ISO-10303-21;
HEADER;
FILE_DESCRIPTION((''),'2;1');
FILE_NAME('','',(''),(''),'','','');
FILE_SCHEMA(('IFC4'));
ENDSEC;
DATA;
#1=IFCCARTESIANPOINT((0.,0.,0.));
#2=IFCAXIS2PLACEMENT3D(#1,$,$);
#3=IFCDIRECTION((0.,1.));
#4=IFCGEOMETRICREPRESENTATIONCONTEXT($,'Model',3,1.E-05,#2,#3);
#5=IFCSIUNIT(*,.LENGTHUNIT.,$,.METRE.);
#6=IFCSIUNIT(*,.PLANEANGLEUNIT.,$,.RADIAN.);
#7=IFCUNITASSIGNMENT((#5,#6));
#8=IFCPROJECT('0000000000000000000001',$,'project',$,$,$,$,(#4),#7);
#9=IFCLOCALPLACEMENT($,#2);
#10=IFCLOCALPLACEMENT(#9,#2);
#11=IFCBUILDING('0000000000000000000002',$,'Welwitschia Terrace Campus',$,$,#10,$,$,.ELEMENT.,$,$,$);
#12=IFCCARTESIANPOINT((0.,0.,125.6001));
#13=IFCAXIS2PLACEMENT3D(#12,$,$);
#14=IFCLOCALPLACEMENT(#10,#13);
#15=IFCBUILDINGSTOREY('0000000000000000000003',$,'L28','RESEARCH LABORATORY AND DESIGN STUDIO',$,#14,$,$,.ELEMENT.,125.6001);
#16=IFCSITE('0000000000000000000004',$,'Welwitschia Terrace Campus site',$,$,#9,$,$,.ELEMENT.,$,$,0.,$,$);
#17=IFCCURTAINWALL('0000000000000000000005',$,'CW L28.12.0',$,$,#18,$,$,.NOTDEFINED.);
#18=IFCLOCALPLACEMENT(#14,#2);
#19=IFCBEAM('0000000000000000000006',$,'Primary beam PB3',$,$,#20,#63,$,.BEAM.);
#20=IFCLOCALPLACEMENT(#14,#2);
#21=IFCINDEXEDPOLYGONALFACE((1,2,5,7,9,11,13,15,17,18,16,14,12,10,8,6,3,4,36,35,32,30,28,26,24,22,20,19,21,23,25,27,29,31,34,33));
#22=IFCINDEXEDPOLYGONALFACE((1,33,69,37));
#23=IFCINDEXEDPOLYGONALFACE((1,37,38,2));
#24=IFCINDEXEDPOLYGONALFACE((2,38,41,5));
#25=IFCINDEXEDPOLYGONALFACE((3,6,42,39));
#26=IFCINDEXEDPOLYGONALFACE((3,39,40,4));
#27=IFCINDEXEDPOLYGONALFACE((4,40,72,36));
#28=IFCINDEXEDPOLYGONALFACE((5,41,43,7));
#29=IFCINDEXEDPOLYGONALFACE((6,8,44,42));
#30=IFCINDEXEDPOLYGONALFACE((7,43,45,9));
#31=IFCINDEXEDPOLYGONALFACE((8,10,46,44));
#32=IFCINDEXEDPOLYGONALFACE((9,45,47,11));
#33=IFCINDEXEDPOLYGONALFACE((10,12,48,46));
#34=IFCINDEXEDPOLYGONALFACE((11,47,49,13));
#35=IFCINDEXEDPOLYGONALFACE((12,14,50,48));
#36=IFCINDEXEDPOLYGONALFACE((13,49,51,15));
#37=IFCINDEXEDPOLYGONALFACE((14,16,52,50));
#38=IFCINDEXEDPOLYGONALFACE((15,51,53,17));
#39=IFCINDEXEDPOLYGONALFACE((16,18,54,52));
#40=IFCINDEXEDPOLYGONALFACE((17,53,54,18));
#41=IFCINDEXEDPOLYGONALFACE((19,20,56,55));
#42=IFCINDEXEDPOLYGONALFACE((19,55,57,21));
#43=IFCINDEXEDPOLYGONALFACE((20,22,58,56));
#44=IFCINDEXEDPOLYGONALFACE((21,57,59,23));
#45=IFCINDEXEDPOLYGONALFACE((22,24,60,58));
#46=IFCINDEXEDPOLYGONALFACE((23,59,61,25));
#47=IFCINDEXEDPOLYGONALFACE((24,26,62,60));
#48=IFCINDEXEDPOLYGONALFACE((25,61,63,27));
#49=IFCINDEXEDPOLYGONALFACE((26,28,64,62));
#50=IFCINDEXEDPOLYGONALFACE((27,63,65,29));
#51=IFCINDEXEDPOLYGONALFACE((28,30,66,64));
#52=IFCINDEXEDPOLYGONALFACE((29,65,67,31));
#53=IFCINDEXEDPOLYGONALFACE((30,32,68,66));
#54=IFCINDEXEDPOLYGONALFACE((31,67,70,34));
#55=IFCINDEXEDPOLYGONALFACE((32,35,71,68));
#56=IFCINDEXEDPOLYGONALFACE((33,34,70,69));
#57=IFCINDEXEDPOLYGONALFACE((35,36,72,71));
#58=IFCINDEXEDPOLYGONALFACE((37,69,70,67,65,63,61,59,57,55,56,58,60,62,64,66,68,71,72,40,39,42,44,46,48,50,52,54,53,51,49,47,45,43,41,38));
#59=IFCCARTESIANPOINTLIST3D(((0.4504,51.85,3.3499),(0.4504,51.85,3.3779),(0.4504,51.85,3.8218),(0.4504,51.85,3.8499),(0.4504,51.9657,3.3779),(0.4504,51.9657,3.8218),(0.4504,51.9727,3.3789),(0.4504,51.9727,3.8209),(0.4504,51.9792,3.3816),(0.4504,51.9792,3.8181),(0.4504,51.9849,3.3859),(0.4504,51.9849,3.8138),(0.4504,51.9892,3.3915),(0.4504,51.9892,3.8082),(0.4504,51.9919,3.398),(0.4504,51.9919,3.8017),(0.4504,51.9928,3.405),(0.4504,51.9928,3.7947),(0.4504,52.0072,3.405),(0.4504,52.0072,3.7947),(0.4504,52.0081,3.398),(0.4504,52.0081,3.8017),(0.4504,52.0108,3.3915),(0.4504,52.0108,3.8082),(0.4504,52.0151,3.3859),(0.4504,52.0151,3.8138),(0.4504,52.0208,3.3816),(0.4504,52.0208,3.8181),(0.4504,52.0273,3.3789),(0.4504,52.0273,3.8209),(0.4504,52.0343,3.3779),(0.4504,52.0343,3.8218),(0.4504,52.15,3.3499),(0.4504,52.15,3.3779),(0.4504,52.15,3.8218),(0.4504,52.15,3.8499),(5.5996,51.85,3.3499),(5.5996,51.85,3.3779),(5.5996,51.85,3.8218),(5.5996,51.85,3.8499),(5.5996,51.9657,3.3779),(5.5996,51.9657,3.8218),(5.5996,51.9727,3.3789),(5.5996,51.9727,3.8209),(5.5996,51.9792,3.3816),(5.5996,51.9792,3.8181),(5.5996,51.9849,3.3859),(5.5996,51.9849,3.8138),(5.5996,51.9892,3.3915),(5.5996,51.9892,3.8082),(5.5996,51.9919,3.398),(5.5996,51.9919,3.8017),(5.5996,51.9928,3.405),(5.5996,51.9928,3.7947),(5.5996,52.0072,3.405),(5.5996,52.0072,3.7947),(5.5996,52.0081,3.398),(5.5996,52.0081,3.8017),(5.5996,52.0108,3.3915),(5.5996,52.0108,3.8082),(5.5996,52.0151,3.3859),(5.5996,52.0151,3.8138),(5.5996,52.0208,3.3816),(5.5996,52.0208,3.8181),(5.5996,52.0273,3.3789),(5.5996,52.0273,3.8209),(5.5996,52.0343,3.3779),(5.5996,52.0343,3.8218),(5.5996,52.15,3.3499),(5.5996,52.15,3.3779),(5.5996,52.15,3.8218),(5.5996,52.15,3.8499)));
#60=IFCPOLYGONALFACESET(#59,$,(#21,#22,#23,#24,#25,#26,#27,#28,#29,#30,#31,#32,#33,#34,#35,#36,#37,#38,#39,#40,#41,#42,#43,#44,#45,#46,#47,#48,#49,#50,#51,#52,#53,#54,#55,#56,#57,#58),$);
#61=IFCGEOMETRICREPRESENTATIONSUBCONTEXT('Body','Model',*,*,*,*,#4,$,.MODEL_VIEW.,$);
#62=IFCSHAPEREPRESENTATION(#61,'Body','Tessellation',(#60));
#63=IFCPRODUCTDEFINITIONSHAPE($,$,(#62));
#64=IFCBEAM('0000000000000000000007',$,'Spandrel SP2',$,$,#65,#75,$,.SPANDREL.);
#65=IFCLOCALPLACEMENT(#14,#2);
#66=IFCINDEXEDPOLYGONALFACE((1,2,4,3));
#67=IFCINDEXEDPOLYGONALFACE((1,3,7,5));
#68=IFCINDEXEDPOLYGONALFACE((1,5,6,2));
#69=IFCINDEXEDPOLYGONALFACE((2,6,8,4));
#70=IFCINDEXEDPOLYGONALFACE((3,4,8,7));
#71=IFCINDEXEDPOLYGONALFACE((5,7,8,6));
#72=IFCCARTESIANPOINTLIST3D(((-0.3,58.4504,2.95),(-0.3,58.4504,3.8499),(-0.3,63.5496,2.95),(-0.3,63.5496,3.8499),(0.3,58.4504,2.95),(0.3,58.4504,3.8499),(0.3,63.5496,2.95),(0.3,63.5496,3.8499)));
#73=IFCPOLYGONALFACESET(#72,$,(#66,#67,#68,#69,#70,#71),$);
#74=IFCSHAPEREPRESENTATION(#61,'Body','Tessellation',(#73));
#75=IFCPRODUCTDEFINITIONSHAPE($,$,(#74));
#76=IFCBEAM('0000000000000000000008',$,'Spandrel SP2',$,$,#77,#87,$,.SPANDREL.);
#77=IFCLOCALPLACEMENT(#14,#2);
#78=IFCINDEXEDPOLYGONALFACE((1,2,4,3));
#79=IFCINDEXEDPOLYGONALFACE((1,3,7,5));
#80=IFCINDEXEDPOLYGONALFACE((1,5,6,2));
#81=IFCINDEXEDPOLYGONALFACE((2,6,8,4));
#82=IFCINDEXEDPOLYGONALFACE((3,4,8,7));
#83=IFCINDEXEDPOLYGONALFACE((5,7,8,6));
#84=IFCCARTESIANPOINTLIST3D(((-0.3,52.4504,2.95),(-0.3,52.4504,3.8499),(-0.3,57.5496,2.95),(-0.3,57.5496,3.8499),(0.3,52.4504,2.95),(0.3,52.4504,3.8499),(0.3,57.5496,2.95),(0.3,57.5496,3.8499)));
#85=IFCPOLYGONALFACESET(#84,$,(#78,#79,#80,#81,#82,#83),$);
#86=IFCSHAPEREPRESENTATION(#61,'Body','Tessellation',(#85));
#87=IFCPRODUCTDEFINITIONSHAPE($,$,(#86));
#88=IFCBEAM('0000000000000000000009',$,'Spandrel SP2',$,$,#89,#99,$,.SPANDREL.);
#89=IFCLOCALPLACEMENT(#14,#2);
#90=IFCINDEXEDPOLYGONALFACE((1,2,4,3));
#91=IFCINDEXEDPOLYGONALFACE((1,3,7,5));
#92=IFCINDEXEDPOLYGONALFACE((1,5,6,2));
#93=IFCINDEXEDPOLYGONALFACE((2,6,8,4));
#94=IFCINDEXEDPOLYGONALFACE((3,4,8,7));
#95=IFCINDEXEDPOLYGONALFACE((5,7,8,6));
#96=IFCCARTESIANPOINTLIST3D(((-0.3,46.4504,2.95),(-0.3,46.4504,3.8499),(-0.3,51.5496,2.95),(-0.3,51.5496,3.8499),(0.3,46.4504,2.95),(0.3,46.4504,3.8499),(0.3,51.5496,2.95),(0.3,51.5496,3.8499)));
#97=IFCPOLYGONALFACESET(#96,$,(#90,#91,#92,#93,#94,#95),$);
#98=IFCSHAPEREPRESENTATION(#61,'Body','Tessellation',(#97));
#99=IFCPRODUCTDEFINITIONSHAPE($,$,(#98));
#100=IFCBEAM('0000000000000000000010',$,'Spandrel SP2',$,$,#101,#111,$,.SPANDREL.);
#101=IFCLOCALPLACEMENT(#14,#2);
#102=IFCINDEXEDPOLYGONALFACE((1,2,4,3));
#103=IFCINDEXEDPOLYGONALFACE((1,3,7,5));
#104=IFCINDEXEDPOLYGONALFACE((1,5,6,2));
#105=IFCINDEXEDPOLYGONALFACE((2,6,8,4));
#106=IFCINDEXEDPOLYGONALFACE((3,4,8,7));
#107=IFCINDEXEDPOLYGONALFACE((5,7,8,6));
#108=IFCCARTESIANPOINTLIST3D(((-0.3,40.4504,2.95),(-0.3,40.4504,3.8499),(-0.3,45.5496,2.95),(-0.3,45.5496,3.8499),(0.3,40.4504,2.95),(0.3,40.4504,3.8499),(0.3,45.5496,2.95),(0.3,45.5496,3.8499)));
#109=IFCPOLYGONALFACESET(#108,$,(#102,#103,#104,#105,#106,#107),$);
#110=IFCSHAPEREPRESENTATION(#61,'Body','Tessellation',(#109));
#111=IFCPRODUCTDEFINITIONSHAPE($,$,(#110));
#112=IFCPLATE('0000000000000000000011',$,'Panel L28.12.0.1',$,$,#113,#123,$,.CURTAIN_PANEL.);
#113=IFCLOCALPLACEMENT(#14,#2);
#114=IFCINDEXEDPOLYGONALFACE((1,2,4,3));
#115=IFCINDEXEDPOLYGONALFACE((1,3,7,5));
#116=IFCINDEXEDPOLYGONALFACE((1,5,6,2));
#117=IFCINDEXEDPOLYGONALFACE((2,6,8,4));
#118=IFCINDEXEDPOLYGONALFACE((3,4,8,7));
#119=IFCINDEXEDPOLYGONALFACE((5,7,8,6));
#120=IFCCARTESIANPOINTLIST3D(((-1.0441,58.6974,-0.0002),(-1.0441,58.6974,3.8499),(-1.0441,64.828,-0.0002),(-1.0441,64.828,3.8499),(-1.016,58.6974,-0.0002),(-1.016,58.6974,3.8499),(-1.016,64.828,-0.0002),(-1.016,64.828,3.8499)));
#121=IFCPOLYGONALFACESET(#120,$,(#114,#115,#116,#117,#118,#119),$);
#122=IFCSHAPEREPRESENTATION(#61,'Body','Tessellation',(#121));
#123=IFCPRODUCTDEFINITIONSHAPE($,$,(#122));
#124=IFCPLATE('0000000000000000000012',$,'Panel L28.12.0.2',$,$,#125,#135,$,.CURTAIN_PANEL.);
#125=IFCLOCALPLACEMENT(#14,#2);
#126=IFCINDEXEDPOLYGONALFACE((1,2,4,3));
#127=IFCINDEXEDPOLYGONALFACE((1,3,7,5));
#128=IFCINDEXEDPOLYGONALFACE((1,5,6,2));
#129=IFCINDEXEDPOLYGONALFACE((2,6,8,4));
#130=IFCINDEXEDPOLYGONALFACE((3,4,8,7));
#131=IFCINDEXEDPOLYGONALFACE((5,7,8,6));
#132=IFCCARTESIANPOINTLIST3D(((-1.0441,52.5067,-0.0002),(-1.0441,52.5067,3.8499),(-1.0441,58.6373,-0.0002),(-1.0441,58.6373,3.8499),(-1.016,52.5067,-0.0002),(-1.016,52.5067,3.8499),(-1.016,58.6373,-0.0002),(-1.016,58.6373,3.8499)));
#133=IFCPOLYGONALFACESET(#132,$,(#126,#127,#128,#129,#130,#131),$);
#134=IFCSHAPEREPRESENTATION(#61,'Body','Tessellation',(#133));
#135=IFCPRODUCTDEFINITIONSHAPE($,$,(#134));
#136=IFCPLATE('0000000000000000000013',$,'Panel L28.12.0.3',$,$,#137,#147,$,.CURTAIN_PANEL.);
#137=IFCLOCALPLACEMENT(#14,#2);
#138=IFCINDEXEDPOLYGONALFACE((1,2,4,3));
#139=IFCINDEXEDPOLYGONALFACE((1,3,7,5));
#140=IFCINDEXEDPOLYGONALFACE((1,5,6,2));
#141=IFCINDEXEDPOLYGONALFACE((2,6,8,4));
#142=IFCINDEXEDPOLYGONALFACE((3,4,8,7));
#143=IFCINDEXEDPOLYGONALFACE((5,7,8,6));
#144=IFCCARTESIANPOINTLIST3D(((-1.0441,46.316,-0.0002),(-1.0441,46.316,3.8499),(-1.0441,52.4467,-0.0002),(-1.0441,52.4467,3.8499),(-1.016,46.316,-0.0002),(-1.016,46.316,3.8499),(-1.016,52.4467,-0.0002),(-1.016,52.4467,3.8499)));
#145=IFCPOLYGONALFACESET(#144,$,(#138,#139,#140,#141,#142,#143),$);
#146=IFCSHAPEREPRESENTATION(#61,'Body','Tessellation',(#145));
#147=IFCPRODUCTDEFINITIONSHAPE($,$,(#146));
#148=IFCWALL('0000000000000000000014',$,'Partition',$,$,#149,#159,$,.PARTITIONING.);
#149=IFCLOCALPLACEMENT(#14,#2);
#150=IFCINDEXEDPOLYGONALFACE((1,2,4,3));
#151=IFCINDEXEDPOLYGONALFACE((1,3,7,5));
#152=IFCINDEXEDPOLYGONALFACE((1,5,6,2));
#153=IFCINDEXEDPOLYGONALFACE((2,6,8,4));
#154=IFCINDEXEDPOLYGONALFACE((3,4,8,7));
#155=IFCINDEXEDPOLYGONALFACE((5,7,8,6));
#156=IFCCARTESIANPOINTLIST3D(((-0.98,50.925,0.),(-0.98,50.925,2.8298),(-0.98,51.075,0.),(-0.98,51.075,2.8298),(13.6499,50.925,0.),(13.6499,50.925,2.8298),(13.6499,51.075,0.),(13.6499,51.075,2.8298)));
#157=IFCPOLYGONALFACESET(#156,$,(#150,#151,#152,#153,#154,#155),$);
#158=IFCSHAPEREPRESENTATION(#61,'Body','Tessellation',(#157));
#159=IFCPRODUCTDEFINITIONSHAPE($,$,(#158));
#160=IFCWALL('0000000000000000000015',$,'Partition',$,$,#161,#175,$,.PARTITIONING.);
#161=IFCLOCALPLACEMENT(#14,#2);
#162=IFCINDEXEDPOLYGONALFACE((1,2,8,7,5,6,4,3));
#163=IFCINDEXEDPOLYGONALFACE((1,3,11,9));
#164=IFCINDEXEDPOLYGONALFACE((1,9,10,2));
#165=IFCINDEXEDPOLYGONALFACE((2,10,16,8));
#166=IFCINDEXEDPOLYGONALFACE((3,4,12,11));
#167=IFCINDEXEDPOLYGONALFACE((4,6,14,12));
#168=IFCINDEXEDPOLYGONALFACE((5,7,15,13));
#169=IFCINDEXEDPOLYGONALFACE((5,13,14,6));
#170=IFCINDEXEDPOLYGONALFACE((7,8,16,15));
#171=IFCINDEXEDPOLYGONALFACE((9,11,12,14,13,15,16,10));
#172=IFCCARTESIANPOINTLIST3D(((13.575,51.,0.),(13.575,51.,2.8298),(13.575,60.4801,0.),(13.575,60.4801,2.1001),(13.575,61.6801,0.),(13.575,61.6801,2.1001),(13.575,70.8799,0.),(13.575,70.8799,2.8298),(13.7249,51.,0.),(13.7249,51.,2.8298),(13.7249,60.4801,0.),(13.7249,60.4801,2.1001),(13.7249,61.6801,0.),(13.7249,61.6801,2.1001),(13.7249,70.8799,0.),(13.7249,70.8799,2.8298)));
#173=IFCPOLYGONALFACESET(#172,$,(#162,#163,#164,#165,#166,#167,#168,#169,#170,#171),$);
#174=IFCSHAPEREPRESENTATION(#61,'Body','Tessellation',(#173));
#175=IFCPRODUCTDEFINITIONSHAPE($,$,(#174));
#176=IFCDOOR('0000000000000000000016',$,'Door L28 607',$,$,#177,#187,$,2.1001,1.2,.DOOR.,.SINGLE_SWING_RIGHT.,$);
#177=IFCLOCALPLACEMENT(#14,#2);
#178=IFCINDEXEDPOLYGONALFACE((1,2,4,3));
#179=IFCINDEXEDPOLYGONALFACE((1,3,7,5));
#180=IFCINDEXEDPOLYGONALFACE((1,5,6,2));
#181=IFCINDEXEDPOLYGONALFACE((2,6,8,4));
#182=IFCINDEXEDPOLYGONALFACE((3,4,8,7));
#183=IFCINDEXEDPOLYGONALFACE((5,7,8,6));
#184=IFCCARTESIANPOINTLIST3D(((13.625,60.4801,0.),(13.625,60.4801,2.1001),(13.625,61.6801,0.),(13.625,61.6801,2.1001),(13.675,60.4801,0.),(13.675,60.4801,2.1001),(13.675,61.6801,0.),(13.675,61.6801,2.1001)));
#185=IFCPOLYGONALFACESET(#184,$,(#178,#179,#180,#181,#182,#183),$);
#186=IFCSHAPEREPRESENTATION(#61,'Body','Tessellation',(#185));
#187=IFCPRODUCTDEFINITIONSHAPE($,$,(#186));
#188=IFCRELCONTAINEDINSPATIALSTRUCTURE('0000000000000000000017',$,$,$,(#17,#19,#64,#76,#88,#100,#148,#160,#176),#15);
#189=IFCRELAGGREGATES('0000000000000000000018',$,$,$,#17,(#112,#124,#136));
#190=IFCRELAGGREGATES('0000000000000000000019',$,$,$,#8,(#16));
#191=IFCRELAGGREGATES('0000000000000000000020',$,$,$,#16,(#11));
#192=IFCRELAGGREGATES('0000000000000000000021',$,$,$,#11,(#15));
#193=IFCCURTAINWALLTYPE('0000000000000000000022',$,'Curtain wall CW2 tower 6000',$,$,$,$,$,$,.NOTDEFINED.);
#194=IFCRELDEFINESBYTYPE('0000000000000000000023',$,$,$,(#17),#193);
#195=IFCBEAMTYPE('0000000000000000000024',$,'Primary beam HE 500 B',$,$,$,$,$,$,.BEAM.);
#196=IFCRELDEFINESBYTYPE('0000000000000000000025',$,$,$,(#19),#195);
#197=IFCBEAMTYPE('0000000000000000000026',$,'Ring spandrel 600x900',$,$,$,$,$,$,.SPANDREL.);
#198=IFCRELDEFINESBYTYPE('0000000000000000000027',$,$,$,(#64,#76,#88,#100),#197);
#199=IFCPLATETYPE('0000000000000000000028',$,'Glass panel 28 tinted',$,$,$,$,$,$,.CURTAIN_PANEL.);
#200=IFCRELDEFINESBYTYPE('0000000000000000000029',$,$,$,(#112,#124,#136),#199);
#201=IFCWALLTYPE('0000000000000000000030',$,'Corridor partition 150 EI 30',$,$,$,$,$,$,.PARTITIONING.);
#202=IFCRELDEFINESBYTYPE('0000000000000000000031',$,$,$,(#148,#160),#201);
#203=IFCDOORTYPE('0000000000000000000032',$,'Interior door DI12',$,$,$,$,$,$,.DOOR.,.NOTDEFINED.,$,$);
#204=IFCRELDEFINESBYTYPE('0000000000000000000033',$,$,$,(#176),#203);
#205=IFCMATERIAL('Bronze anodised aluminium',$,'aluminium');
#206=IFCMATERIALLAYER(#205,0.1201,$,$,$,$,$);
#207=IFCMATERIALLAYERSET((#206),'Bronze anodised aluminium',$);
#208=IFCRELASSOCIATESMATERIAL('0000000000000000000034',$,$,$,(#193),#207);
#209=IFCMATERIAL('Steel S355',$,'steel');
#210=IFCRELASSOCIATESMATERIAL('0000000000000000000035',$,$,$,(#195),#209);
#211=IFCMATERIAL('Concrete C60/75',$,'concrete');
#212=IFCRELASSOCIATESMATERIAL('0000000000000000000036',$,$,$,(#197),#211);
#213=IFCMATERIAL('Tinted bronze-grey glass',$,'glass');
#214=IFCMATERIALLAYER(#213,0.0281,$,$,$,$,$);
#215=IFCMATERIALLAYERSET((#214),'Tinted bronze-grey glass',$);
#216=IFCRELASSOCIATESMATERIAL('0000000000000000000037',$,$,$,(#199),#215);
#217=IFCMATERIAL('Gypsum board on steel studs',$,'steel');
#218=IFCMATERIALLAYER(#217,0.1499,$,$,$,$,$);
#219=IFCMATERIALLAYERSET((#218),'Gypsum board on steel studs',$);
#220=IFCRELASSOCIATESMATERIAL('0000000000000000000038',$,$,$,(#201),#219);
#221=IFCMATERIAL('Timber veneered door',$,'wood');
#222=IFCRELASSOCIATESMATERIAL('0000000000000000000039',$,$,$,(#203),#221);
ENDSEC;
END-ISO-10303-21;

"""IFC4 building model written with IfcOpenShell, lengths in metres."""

from ifc_helpers import new_model, si_unit, direction, frame, frame_2d, origin, origin_2d, place, context, subcontext, project, spatial, rectangle, i_section, extrude, material, layer, layer_set, material_profile, profile_set, type_object, element, fill, aggregate, save


model = new_model("IFC4")

# Units and contexts
model_context = context("Model", 3, precision=1e-05, world=origin(), true_north=direction((0.0, 1.0)))
body_context = subcontext(model_context, "Body", "Model", "MODEL_VIEW")
ifc_project = project(units=[si_unit("LENGTHUNIT", "METRE"), si_unit("PLANEANGLEUNIT", "RADIAN")], contexts=[model_context])

# Site, building, storey
site_placement = place(None, origin())
site = spatial("IfcSite", under=ifc_project, at=site_placement, Name="Welwitschia Terrace Campus site", CompositionType="ELEMENT", RefElevation=0.0)
building_placement = place(site_placement, origin())
building = spatial("IfcBuilding", under=site, at=building_placement, Name="Welwitschia Terrace Campus", CompositionType="ELEMENT")
storey_placement = place(building_placement, frame((0.0, 0.0, 125.6001)))
storey = spatial("IfcBuildingStorey", under=building, at=storey_placement, Name="L28", Description="RESEARCH LABORATORY AND DESIGN STUDIO", CompositionType="ELEMENT", Elevation=125.6001)

# Curtain wall
ifc_material_1 = material(Name="Bronze anodised aluminium", Category="aluminium")
ifc_layer_1 = layer(ifc_material_1, 0.1201)
ifc_layer_set_1 = layer_set([ifc_layer_1], Name="Bronze anodised aluminium")
curtain_wall_type = type_object("IfcCurtainWallType", Name="Curtain wall CW2 tower 6000", PredefinedType="NOTDEFINED", material=ifc_layer_set_1)
curtain_wall_placement = place(storey_placement, origin())
curtain_wall = element("IfcCurtainWall", 1, at=curtain_wall_placement, inside=storey, type_object=curtain_wall_type, Name="CW L28.12.0", PredefinedType="NOTDEFINED")

# Beams
ifc_material_2 = material(Name="Steel S355", Category="steel")
ifc_material_profile_1 = material_profile(ifc_material_2, i_section(OverallWidth=0.3, OverallDepth=0.5, WebThickness=0.0144, FlangeThickness=0.0281, FilletRadius=0.0271, at=origin_2d()))
ifc_profile_set_1 = profile_set([ifc_material_profile_1], Name="Steel S355")
beam_type_1 = type_object("IfcBeamType", Name="Primary beam HE 500 B", PredefinedType="BEAM", material=ifc_profile_set_1)
beam_1_placement = place(storey_placement, frame((0.4504, 52.0, 3.5999), z_axis=(1.0, 0.0, 0.0), x_axis=(0.0, 1.0, 0.0)))
element("IfcBeam", 2, at=beam_1_placement, inside=storey, type_object=beam_type_1, Name="Primary beam PB3", PredefinedType="BEAM", context=body_context, shape_type="SweptSolid", body=[
    extrude(i_section(OverallWidth=0.3, OverallDepth=0.5, WebThickness=0.0144, FlangeThickness=0.0281, FilletRadius=0.0271, at=origin_2d()), origin(), (0.0, 0.0, 1.0), 5.1492),
])
ifc_material_3 = material(Name="Concrete C60/75", Category="concrete")
ifc_material_profile_2 = material_profile(ifc_material_3, rectangle(XDim=0.6001, YDim=0.8999, at=origin_2d()))
ifc_profile_set_2 = profile_set([ifc_material_profile_2], Name="Concrete C60/75")
beam_type_2 = type_object("IfcBeamType", Name="Ring spandrel 600x900", PredefinedType="SPANDREL", material=ifc_profile_set_2)
for number, where, z_axis, x_axis, name in (
    (3, (0.0, 63.5496, 3.3999), (0.0, -1.0, 0.0), (1.0, 0.0, 0.0), "Spandrel SP2"),
    (4, (0.0, 57.5496, 3.3999), (0.0, -1.0, 0.0), (1.0, 0.0, 0.0), "Spandrel SP2"),
    (5, (0.0, 51.5496, 3.3999), (0.0, -1.0, 0.0), (1.0, 0.0, 0.0), "Spandrel SP2"),
    (6, (0.0, 45.5496, 3.3999), (0.0, -1.0, 0.0), (1.0, 0.0, 0.0), "Spandrel SP2"),
):
    element("IfcBeam", number, at=place(storey_placement, frame(where, z_axis=z_axis, x_axis=x_axis)), inside=storey, type_object=beam_type_2, Name=name, PredefinedType="SPANDREL", context=body_context, shape_type="SweptSolid", body=[
        extrude(rectangle(XDim=0.6001, YDim=0.8999, at=origin_2d()), origin(), (0.0, 0.0, 1.0), 5.0991),
    ])

# Plates
ifc_material_4 = material(Name="Tinted bronze-grey glass", Category="glass")
ifc_layer_2 = layer(ifc_material_4, 0.0281)
ifc_layer_set_2 = layer_set([ifc_layer_2], Name="Tinted bronze-grey glass")
plate_type = type_object("IfcPlateType", Name="Glass panel 28 tinted", PredefinedType="CURTAIN_PANEL", material=ifc_layer_set_2)
plate_1_placement = place(storey_placement, frame((-1.03, 61.7627, -0.0002), z_axis=(0.0, 0.0, 1.0), x_axis=(0.0, -1.0, 0.0)))
plate_1 = element("IfcPlate", 7, at=plate_1_placement, type_object=plate_type, Name="Panel L28.12.0.1", PredefinedType="CURTAIN_PANEL", context=body_context, shape_type="SweptSolid", body=[
    extrude(rectangle(XDim=6.1306, YDim=0.0281, at=origin_2d()), origin(), (0.0, 0.0, 1.0), 3.8501),
])
plate_2_placement = place(storey_placement, frame((-1.03, 55.572, -0.0002), z_axis=(0.0, 0.0, 1.0), x_axis=(0.0, -1.0, 0.0)))
plate_2 = element("IfcPlate", 8, at=plate_2_placement, type_object=plate_type, Name="Panel L28.12.0.2", PredefinedType="CURTAIN_PANEL", context=body_context, shape_type="SweptSolid", body=[
    extrude(rectangle(XDim=6.1306, YDim=0.0281, at=origin_2d()), origin(), (0.0, 0.0, 1.0), 3.8501),
])
plate_3_placement = place(storey_placement, frame((-1.03, 49.3813, -0.0002), z_axis=(0.0, 0.0, 1.0), x_axis=(0.0, -1.0, 0.0)))
plate_3 = element("IfcPlate", 9, at=plate_3_placement, type_object=plate_type, Name="Panel L28.12.0.3", PredefinedType="CURTAIN_PANEL", context=body_context, shape_type="SweptSolid", body=[
    extrude(rectangle(XDim=6.1306, YDim=0.0281, at=origin_2d()), origin(), (0.0, 0.0, 1.0), 3.8501),
])
aggregate(curtain_wall, [plate_1, plate_2, plate_3])

# Wall
ifc_material_5 = material(Name="Gypsum board on steel studs", Category="steel")
ifc_layer_3 = layer(ifc_material_5, 0.1499)
ifc_layer_set_3 = layer_set([ifc_layer_3], Name="Gypsum board on steel studs")
wall_type = type_object("IfcWallType", Name="Corridor partition 150 EI 30", PredefinedType="PARTITIONING", material=ifc_layer_set_3)
wall_1_placement = place(storey_placement, frame((-0.98, 51.0, 0.0), z_axis=(0.0, 0.0, 1.0), x_axis=(1.0, 0.0, 0.0)))
element("IfcWall", 10, at=wall_1_placement, inside=storey, type_object=wall_type, Name="Partition", PredefinedType="PARTITIONING", context=body_context, shape_type="SweptSolid", body=[
    extrude(rectangle(XDim=14.6299, YDim=0.1499, at=frame_2d((7.3149, 0.0))), origin(), (0.0, 0.0, 1.0), 2.8298),
])

# Wall, opening, door
wall_2_placement = place(storey_placement, frame((13.6499, 51.0, 0.0), z_axis=(0.0, 0.0, 1.0), x_axis=(0.0, 1.0, 0.0)))
wall_2 = element("IfcWall", 11, at=wall_2_placement, inside=storey, type_object=wall_type, Name="Partition", PredefinedType="PARTITIONING", context=body_context, shape_type="SweptSolid", body=[
    extrude(rectangle(XDim=19.8799, YDim=0.1499, at=frame_2d((9.9399, 0.0))), origin(), (0.0, 0.0, 1.0), 2.8298),
])
opening_placement = place(wall_2_placement, frame((9.48, 0.0, 0.0)))
opening = element("IfcOpeningElement", 12, at=opening_placement, cuts=wall_2, PredefinedType="OPENING", context=body_context, shape_type="SweptSolid", body=[
    extrude(rectangle(XDim=1.2, YDim=2.1001, at=frame_2d((0.6001, 1.05))), frame((0.0, 0.085, 0.0), z_axis=(0.0, -1.0, 0.0), x_axis=(1.0, 0.0, 0.0)), (0.0, 0.0, 1.0), 0.1699),
])
ifc_material_6 = material(Name="Timber veneered door", Category="wood")
door_type = type_object("IfcDoorType", Name="Interior door DI12", OperationType="NOTDEFINED", PredefinedType="DOOR", material=ifc_material_6)
door_placement = place(opening_placement, origin())
door = element("IfcDoor", 13, at=door_placement, inside=storey, type_object=door_type, Name="Door L28 607", OperationType="SINGLE_SWING_RIGHT", OverallHeight=2.1001, OverallWidth=1.2, PredefinedType="DOOR", context=body_context, shape_type="SweptSolid", body=[
    extrude(rectangle(XDim=1.2, YDim=2.1001, at=frame_2d((0.6001, 1.05))), frame((0.0, 0.0249, 0.0), z_axis=(0.0, -1.0, 0.0), x_axis=(1.0, 0.0, 0.0)), (0.0, 0.0, 1.0), 0.05),
])
fill(opening, door)

save(model, "model.ifc")
